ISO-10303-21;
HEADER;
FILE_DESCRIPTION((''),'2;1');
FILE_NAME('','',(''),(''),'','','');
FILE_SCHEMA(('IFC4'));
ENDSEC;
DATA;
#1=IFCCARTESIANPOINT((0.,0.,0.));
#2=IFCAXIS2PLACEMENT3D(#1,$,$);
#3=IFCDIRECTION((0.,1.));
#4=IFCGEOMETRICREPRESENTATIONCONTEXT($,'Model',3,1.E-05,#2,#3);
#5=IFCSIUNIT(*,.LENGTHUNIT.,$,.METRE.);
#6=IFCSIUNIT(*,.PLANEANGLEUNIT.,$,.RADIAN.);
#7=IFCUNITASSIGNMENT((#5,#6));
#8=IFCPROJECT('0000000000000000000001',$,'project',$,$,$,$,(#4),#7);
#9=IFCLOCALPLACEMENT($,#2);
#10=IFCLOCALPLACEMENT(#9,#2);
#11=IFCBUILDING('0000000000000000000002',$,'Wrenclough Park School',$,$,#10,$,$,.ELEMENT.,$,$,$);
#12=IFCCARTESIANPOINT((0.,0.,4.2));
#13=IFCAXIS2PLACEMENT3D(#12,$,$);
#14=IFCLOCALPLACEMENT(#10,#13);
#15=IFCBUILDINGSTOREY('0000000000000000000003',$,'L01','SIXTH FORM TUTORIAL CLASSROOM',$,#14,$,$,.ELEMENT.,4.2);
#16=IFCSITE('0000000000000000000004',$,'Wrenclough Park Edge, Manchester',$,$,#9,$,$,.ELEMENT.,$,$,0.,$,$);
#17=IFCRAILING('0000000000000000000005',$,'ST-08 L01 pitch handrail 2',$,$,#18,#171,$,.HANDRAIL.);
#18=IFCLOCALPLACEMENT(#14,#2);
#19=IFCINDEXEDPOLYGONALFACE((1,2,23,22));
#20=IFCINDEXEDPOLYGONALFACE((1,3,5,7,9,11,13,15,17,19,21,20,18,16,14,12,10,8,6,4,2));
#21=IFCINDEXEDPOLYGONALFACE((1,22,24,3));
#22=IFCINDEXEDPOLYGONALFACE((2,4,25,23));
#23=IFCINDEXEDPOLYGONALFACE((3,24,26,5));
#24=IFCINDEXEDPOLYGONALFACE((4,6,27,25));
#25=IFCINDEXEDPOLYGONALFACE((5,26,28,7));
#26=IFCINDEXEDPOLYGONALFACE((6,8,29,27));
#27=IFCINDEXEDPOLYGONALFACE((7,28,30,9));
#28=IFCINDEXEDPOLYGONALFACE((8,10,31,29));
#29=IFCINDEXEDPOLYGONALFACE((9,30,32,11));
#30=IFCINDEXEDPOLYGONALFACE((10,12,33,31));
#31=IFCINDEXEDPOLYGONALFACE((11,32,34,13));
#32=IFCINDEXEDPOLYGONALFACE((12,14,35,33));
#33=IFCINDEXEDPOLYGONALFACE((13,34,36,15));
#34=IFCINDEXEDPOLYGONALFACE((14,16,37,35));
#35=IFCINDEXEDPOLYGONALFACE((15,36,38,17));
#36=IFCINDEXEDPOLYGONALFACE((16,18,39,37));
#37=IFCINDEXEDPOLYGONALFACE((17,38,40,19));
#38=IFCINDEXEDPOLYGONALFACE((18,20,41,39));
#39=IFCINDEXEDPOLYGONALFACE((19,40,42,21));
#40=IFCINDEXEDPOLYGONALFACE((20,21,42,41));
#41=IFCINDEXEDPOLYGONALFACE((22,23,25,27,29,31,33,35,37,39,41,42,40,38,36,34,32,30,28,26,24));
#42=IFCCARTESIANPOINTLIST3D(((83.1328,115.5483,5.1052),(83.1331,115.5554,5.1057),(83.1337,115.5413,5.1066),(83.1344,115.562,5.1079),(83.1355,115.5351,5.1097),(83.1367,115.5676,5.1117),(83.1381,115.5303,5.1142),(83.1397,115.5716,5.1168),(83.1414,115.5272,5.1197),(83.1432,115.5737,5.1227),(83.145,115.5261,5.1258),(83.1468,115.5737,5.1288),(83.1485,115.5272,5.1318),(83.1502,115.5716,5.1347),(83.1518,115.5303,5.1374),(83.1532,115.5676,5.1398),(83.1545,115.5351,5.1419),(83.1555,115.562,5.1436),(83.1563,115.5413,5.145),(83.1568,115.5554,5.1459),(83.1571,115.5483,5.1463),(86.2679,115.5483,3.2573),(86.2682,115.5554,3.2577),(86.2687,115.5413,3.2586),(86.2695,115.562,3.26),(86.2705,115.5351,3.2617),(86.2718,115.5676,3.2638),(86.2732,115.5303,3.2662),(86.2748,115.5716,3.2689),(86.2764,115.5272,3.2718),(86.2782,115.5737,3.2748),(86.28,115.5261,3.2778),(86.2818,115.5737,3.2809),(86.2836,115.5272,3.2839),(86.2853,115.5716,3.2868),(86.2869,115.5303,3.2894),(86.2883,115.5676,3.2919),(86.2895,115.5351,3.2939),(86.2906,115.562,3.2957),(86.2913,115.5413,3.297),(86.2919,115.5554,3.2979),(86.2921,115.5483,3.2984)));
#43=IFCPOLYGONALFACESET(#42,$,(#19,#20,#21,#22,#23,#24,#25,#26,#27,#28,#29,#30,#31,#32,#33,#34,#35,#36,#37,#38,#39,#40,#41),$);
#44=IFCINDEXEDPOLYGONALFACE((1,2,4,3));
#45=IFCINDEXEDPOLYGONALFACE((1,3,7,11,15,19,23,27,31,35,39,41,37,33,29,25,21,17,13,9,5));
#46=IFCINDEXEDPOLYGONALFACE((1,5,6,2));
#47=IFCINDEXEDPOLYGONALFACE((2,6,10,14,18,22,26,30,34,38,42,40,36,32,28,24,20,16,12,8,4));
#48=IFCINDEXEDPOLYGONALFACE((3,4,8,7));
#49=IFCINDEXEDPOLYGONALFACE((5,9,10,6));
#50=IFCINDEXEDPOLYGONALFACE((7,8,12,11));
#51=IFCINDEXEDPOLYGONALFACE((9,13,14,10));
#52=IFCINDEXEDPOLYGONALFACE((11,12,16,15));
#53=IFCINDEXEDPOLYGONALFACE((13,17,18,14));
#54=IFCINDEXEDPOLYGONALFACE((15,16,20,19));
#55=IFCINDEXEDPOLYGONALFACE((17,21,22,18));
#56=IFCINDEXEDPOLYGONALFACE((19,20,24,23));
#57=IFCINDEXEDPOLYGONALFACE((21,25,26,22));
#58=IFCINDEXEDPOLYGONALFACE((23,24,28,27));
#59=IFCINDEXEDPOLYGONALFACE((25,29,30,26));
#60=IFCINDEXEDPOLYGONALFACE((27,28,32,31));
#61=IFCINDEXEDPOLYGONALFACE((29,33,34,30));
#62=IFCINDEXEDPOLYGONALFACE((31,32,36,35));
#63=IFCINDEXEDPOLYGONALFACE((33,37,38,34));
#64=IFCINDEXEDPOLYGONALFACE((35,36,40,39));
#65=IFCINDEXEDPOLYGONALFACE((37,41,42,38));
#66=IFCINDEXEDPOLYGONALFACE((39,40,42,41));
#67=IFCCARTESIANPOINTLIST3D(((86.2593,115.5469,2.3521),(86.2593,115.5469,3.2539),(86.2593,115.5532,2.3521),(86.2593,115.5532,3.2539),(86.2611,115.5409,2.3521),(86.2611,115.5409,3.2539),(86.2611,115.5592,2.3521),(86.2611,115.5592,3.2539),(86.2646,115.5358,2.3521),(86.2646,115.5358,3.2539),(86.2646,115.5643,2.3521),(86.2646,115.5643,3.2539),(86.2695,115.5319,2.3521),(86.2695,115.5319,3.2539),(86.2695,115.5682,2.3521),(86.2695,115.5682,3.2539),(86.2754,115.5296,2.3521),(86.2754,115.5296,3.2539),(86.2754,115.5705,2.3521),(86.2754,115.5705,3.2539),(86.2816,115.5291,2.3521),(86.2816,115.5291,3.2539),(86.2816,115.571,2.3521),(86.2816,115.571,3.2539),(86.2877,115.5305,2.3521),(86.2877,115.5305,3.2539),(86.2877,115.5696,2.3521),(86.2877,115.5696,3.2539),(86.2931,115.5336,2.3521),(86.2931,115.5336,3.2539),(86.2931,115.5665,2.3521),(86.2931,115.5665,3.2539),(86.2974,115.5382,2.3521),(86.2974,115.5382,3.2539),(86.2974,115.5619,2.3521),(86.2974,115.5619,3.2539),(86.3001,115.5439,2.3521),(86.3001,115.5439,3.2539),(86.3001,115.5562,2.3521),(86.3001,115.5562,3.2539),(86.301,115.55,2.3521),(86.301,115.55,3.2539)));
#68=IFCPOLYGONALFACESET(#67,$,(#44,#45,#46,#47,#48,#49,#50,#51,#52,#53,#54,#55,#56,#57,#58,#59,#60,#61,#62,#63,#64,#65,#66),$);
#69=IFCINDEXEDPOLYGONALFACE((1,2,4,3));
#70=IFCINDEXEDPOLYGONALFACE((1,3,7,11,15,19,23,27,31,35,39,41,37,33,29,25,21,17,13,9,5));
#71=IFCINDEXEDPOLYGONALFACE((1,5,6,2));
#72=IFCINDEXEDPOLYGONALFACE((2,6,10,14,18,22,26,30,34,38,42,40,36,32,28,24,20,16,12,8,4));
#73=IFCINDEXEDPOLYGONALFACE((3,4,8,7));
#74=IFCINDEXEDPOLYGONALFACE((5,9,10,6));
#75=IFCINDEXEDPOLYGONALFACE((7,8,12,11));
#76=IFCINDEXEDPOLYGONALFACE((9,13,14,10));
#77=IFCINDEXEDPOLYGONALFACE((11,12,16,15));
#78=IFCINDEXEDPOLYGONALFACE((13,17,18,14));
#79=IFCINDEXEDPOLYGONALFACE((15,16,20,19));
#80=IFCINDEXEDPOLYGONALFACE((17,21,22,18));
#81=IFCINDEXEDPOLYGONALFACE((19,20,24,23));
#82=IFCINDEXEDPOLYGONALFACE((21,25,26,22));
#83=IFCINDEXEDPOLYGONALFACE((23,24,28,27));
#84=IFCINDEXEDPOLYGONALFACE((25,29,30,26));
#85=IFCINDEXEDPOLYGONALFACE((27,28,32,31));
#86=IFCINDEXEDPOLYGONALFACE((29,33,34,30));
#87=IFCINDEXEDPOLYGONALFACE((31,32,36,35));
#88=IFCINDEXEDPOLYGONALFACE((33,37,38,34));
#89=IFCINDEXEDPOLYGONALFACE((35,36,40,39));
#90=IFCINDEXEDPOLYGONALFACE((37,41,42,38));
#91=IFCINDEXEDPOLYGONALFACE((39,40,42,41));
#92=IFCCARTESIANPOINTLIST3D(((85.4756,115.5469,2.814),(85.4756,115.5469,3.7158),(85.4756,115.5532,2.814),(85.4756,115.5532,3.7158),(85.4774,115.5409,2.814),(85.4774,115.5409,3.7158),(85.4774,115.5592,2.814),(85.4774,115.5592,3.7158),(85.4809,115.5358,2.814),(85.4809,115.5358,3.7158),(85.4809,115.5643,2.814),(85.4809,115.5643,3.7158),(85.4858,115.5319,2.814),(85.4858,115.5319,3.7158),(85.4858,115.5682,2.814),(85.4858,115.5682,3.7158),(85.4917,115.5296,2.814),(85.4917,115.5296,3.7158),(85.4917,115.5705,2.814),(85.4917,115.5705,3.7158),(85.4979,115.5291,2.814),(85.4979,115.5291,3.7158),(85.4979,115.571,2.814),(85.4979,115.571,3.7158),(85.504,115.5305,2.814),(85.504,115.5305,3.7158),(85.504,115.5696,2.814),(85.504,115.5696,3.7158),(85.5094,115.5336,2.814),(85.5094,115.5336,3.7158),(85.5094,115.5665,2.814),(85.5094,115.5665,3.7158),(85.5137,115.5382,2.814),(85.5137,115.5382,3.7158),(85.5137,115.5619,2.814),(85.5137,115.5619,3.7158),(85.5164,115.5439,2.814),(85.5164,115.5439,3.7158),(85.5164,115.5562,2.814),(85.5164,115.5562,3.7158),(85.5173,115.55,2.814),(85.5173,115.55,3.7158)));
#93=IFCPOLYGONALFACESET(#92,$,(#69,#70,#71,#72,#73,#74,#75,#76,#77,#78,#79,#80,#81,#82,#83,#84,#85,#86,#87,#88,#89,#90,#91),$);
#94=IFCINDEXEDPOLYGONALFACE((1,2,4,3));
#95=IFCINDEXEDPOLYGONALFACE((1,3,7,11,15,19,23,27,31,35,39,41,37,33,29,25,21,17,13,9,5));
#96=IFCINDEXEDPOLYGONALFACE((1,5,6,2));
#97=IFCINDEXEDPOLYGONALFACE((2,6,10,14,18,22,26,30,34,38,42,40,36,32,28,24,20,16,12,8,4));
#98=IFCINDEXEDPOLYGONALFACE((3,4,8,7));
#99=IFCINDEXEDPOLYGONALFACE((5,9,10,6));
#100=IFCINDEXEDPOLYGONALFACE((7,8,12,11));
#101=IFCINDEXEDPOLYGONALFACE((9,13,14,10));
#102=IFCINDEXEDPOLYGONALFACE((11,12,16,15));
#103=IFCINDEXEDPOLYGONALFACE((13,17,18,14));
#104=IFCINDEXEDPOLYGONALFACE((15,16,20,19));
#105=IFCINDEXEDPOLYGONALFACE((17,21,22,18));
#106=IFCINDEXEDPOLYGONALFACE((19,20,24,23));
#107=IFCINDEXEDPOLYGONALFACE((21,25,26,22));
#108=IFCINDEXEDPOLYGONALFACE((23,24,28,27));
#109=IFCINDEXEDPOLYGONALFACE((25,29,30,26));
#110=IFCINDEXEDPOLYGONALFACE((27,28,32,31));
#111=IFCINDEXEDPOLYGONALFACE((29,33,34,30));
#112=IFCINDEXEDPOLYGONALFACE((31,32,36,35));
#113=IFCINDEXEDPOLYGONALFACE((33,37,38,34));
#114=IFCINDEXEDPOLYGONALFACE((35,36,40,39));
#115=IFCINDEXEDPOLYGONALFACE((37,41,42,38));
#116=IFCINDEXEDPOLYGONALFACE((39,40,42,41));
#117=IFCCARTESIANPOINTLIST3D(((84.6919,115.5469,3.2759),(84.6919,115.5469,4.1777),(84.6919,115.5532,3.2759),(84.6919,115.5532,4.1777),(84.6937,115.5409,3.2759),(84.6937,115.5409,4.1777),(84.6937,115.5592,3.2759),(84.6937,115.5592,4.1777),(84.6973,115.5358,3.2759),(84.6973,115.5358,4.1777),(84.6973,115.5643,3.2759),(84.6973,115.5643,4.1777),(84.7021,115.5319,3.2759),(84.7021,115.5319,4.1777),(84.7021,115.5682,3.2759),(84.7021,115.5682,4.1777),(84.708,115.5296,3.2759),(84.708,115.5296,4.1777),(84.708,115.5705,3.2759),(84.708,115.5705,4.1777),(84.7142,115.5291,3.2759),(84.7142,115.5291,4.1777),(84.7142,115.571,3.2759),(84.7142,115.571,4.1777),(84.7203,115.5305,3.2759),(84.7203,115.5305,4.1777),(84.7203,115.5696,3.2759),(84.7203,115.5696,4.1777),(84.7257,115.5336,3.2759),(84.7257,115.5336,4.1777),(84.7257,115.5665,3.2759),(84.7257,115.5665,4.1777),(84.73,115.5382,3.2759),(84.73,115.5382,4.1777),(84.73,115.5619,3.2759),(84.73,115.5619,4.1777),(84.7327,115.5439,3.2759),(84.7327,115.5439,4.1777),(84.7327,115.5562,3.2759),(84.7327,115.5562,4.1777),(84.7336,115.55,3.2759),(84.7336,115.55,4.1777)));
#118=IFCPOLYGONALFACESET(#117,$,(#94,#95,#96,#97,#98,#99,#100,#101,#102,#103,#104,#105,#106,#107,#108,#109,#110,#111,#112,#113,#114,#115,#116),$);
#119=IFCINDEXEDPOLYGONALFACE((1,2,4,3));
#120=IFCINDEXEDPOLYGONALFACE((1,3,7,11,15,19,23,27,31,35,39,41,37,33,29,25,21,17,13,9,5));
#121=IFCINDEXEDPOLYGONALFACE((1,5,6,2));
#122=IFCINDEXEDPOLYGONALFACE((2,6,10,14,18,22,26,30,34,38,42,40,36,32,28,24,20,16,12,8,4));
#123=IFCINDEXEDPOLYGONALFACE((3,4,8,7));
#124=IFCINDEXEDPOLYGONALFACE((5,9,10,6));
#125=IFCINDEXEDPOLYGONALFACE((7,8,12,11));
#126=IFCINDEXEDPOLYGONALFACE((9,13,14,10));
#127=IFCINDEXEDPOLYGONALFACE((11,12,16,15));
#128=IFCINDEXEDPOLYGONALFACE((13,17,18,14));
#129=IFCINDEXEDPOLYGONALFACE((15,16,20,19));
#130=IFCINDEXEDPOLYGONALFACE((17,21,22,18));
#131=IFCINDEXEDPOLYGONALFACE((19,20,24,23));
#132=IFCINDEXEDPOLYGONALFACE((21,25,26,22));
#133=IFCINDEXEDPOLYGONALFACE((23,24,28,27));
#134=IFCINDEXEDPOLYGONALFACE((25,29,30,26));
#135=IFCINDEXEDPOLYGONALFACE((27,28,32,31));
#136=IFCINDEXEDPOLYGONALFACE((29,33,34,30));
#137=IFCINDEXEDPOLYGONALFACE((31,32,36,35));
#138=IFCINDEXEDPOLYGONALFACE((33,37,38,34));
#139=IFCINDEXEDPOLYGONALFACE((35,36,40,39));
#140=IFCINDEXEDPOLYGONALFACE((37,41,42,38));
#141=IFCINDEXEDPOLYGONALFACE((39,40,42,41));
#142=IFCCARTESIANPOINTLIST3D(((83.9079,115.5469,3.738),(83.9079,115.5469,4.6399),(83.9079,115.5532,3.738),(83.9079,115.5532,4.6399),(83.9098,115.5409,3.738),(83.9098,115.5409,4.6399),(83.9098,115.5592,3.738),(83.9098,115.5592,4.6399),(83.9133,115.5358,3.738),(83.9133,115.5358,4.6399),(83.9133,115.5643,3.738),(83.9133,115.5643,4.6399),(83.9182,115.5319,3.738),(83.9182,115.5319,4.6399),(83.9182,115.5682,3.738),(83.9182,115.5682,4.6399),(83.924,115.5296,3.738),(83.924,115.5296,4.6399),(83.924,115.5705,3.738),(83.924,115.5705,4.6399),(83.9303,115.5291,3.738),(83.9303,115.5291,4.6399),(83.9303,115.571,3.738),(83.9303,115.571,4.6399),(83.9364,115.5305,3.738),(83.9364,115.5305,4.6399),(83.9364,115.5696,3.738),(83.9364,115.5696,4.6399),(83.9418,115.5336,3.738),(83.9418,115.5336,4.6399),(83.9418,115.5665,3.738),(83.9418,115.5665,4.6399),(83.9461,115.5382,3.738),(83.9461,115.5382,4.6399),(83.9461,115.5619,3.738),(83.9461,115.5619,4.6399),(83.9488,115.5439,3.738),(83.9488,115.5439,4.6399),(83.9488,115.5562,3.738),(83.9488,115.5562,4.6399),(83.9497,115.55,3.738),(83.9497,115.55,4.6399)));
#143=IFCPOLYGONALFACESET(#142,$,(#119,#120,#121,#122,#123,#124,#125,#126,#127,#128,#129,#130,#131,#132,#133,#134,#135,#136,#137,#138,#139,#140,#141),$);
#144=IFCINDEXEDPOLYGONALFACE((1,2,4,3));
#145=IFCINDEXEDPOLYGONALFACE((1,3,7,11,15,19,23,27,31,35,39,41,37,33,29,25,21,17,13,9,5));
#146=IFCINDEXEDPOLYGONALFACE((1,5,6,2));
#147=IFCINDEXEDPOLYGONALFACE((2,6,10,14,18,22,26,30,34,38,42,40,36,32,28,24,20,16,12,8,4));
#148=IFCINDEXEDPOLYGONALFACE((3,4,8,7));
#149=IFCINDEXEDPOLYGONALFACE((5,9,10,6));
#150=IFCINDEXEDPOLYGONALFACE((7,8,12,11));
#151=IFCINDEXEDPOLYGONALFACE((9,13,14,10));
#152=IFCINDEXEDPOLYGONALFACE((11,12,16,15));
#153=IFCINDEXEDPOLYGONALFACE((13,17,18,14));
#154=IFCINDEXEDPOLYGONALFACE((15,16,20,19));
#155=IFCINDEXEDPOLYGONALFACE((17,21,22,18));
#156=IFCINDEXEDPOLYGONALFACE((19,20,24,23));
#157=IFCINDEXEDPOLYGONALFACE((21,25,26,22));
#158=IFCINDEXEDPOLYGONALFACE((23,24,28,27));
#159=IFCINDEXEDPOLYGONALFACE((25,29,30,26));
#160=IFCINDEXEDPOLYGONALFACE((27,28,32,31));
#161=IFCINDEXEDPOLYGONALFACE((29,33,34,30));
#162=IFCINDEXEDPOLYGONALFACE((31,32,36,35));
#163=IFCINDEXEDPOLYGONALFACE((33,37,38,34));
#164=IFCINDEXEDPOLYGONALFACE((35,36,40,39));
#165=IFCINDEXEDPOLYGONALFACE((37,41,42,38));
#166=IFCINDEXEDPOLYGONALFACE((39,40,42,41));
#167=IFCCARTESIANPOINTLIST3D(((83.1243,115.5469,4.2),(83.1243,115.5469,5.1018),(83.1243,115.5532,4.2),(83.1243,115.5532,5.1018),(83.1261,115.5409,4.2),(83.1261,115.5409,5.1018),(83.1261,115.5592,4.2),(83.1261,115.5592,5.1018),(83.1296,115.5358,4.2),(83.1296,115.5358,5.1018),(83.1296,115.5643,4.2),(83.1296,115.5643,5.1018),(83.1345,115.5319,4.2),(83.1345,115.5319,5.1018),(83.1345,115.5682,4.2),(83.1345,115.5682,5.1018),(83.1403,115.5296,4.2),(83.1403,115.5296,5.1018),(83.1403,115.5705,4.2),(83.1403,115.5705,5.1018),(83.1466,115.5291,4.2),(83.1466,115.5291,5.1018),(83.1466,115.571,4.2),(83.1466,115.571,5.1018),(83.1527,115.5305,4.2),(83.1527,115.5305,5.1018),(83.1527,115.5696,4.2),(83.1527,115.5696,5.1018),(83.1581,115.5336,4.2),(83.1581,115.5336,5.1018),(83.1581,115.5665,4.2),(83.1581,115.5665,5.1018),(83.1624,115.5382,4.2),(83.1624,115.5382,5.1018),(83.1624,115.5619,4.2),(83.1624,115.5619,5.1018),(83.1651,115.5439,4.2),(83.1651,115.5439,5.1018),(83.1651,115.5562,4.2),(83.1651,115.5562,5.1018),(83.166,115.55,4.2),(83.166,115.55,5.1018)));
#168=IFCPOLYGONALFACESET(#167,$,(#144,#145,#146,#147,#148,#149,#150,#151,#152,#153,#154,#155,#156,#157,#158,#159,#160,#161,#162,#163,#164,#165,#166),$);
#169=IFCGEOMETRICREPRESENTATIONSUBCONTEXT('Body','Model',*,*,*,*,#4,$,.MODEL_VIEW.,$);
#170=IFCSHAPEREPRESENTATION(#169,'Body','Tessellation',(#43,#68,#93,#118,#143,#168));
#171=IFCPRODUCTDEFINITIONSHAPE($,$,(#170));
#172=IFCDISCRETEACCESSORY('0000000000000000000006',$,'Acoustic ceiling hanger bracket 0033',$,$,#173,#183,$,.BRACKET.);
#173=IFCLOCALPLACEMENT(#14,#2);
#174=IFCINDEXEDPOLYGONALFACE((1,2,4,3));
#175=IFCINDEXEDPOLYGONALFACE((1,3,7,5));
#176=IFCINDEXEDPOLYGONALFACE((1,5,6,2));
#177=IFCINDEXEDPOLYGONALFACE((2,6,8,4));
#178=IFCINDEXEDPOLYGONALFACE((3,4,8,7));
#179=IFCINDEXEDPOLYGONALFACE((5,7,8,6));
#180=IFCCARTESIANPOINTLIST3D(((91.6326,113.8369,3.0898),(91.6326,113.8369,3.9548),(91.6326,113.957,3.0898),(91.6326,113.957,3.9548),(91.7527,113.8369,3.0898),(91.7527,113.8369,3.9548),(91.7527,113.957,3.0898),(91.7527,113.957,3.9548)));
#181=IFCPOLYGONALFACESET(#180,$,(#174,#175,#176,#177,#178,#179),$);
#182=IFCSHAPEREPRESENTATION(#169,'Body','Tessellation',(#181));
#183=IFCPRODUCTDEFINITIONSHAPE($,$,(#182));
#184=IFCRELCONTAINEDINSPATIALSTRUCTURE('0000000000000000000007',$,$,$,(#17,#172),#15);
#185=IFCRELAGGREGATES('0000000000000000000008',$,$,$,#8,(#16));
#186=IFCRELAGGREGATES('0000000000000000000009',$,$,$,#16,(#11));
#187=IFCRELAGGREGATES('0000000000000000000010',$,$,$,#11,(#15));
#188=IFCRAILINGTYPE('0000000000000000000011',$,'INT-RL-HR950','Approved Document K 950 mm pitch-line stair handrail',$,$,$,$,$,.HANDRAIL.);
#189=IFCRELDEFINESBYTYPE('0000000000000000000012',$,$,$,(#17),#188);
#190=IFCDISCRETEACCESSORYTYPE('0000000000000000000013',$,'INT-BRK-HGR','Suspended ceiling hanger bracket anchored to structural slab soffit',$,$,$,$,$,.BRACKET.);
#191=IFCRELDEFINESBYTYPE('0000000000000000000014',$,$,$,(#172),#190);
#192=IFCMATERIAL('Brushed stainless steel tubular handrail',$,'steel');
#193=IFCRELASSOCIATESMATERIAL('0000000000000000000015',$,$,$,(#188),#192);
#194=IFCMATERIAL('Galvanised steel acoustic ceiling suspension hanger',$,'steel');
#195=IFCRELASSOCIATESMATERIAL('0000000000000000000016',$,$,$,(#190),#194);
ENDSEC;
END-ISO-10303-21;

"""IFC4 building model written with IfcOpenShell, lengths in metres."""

from ifc_helpers import new_model, si_unit, direction, frame, origin, origin_2d, place, context, subcontext, project, spatial, rectangle, circle, extrude, material, type_object, element, save


model = new_model("IFC4")

# Units and contexts
model_context = context("Model", 3, precision=1e-05, world=origin(), true_north=direction((0.0, 1.0)))
body_context = subcontext(model_context, "Body", "Model", "MODEL_VIEW")
ifc_project = project(units=[si_unit("LENGTHUNIT", "METRE"), si_unit("PLANEANGLEUNIT", "RADIAN")], contexts=[model_context])

# Site, building, storey
site_placement = place(None, origin())
site = spatial("IfcSite", under=ifc_project, at=site_placement, Name="Wrenclough Park Edge, Manchester", CompositionType="ELEMENT", RefElevation=0.0)
building_placement = place(site_placement, origin())
building = spatial("IfcBuilding", under=site, at=building_placement, Name="Wrenclough Park School", CompositionType="ELEMENT")
storey_placement = place(building_placement, frame((0.0, 0.0, 4.2)))
storey = spatial("IfcBuildingStorey", under=building, at=storey_placement, Name="L01", Description="SIXTH FORM TUTORIAL CLASSROOM", CompositionType="ELEMENT", Elevation=4.2)

# Railing
ifc_material_1 = material(Name="Brushed stainless steel tubular handrail", Category="steel")
railing_type_1 = type_object("IfcRailingType", Name="INT-RL-HR950", Description="Approved Document K 950 mm pitch-line stair handrail", PredefinedType="HANDRAIL", material=ifc_material_1)
railing_1_placement = place(storey_placement, frame((86.28, 115.55, 2.3521)))
element("IfcRailing", 1, at=railing_1_placement, inside=storey, type_object=railing_type_1, Name="ST-08 L01 pitch handrail 2", PredefinedType="HANDRAIL", context=body_context, shape_type="SweptSolid", body=[
    extrude(circle(Radius=0.0239, at=origin_2d()), frame((0.0, 0.0, 0.9258), z_axis=(-0.86148, 0.0, 0.507791), x_axis=(0.0, -1.0, 0.0)), (0.0, 0.0, 1.0), 3.6392),
    extrude(circle(Radius=0.021, at=origin_2d()), origin(), (0.0, 0.0, 1.0), 0.9019),
    extrude(circle(Radius=0.021, at=origin_2d()), frame((-0.7837, 0.0, 0.4619)), (0.0, 0.0, 1.0), 0.9019),
    extrude(circle(Radius=0.021, at=origin_2d()), frame((-1.5674, 0.0, 0.9238)), (0.0, 0.0, 1.0), 0.9019),
    extrude(circle(Radius=0.021, at=origin_2d()), frame((-2.3513, 0.0, 1.386)), (0.0, 0.0, 1.0), 0.9019),
    extrude(circle(Radius=0.021, at=origin_2d()), frame((-3.135, 0.0, 1.8479)), (0.0, 0.0, 1.0), 0.9019),
])

# Discrete accessory
ifc_material_2 = material(Name="Galvanised steel acoustic ceiling suspension hanger", Category="steel")
discrete_accessory_type = type_object("IfcDiscreteAccessoryType", Name="INT-BRK-HGR", Description="Suspended ceiling hanger bracket anchored to structural slab soffit", PredefinedType="BRACKET", material=ifc_material_2)
discrete_accessory_placement = place(storey_placement, frame((91.6926, 113.897, 3.0898), z_axis=(0.0, 0.0, 1.0), x_axis=(1.0, 0.0, 0.0)))
element("IfcDiscreteAccessory", 2, at=discrete_accessory_placement, inside=storey, type_object=discrete_accessory_type, Name="Acoustic ceiling hanger bracket 0033", PredefinedType="BRACKET", context=body_context, shape_type="SweptSolid", body=[
    extrude(rectangle(XDim=0.1201, YDim=0.1201, at=origin_2d()), origin(), (0.0, 0.0, 1.0), 0.865),
])

save(model, "model.ifc")
